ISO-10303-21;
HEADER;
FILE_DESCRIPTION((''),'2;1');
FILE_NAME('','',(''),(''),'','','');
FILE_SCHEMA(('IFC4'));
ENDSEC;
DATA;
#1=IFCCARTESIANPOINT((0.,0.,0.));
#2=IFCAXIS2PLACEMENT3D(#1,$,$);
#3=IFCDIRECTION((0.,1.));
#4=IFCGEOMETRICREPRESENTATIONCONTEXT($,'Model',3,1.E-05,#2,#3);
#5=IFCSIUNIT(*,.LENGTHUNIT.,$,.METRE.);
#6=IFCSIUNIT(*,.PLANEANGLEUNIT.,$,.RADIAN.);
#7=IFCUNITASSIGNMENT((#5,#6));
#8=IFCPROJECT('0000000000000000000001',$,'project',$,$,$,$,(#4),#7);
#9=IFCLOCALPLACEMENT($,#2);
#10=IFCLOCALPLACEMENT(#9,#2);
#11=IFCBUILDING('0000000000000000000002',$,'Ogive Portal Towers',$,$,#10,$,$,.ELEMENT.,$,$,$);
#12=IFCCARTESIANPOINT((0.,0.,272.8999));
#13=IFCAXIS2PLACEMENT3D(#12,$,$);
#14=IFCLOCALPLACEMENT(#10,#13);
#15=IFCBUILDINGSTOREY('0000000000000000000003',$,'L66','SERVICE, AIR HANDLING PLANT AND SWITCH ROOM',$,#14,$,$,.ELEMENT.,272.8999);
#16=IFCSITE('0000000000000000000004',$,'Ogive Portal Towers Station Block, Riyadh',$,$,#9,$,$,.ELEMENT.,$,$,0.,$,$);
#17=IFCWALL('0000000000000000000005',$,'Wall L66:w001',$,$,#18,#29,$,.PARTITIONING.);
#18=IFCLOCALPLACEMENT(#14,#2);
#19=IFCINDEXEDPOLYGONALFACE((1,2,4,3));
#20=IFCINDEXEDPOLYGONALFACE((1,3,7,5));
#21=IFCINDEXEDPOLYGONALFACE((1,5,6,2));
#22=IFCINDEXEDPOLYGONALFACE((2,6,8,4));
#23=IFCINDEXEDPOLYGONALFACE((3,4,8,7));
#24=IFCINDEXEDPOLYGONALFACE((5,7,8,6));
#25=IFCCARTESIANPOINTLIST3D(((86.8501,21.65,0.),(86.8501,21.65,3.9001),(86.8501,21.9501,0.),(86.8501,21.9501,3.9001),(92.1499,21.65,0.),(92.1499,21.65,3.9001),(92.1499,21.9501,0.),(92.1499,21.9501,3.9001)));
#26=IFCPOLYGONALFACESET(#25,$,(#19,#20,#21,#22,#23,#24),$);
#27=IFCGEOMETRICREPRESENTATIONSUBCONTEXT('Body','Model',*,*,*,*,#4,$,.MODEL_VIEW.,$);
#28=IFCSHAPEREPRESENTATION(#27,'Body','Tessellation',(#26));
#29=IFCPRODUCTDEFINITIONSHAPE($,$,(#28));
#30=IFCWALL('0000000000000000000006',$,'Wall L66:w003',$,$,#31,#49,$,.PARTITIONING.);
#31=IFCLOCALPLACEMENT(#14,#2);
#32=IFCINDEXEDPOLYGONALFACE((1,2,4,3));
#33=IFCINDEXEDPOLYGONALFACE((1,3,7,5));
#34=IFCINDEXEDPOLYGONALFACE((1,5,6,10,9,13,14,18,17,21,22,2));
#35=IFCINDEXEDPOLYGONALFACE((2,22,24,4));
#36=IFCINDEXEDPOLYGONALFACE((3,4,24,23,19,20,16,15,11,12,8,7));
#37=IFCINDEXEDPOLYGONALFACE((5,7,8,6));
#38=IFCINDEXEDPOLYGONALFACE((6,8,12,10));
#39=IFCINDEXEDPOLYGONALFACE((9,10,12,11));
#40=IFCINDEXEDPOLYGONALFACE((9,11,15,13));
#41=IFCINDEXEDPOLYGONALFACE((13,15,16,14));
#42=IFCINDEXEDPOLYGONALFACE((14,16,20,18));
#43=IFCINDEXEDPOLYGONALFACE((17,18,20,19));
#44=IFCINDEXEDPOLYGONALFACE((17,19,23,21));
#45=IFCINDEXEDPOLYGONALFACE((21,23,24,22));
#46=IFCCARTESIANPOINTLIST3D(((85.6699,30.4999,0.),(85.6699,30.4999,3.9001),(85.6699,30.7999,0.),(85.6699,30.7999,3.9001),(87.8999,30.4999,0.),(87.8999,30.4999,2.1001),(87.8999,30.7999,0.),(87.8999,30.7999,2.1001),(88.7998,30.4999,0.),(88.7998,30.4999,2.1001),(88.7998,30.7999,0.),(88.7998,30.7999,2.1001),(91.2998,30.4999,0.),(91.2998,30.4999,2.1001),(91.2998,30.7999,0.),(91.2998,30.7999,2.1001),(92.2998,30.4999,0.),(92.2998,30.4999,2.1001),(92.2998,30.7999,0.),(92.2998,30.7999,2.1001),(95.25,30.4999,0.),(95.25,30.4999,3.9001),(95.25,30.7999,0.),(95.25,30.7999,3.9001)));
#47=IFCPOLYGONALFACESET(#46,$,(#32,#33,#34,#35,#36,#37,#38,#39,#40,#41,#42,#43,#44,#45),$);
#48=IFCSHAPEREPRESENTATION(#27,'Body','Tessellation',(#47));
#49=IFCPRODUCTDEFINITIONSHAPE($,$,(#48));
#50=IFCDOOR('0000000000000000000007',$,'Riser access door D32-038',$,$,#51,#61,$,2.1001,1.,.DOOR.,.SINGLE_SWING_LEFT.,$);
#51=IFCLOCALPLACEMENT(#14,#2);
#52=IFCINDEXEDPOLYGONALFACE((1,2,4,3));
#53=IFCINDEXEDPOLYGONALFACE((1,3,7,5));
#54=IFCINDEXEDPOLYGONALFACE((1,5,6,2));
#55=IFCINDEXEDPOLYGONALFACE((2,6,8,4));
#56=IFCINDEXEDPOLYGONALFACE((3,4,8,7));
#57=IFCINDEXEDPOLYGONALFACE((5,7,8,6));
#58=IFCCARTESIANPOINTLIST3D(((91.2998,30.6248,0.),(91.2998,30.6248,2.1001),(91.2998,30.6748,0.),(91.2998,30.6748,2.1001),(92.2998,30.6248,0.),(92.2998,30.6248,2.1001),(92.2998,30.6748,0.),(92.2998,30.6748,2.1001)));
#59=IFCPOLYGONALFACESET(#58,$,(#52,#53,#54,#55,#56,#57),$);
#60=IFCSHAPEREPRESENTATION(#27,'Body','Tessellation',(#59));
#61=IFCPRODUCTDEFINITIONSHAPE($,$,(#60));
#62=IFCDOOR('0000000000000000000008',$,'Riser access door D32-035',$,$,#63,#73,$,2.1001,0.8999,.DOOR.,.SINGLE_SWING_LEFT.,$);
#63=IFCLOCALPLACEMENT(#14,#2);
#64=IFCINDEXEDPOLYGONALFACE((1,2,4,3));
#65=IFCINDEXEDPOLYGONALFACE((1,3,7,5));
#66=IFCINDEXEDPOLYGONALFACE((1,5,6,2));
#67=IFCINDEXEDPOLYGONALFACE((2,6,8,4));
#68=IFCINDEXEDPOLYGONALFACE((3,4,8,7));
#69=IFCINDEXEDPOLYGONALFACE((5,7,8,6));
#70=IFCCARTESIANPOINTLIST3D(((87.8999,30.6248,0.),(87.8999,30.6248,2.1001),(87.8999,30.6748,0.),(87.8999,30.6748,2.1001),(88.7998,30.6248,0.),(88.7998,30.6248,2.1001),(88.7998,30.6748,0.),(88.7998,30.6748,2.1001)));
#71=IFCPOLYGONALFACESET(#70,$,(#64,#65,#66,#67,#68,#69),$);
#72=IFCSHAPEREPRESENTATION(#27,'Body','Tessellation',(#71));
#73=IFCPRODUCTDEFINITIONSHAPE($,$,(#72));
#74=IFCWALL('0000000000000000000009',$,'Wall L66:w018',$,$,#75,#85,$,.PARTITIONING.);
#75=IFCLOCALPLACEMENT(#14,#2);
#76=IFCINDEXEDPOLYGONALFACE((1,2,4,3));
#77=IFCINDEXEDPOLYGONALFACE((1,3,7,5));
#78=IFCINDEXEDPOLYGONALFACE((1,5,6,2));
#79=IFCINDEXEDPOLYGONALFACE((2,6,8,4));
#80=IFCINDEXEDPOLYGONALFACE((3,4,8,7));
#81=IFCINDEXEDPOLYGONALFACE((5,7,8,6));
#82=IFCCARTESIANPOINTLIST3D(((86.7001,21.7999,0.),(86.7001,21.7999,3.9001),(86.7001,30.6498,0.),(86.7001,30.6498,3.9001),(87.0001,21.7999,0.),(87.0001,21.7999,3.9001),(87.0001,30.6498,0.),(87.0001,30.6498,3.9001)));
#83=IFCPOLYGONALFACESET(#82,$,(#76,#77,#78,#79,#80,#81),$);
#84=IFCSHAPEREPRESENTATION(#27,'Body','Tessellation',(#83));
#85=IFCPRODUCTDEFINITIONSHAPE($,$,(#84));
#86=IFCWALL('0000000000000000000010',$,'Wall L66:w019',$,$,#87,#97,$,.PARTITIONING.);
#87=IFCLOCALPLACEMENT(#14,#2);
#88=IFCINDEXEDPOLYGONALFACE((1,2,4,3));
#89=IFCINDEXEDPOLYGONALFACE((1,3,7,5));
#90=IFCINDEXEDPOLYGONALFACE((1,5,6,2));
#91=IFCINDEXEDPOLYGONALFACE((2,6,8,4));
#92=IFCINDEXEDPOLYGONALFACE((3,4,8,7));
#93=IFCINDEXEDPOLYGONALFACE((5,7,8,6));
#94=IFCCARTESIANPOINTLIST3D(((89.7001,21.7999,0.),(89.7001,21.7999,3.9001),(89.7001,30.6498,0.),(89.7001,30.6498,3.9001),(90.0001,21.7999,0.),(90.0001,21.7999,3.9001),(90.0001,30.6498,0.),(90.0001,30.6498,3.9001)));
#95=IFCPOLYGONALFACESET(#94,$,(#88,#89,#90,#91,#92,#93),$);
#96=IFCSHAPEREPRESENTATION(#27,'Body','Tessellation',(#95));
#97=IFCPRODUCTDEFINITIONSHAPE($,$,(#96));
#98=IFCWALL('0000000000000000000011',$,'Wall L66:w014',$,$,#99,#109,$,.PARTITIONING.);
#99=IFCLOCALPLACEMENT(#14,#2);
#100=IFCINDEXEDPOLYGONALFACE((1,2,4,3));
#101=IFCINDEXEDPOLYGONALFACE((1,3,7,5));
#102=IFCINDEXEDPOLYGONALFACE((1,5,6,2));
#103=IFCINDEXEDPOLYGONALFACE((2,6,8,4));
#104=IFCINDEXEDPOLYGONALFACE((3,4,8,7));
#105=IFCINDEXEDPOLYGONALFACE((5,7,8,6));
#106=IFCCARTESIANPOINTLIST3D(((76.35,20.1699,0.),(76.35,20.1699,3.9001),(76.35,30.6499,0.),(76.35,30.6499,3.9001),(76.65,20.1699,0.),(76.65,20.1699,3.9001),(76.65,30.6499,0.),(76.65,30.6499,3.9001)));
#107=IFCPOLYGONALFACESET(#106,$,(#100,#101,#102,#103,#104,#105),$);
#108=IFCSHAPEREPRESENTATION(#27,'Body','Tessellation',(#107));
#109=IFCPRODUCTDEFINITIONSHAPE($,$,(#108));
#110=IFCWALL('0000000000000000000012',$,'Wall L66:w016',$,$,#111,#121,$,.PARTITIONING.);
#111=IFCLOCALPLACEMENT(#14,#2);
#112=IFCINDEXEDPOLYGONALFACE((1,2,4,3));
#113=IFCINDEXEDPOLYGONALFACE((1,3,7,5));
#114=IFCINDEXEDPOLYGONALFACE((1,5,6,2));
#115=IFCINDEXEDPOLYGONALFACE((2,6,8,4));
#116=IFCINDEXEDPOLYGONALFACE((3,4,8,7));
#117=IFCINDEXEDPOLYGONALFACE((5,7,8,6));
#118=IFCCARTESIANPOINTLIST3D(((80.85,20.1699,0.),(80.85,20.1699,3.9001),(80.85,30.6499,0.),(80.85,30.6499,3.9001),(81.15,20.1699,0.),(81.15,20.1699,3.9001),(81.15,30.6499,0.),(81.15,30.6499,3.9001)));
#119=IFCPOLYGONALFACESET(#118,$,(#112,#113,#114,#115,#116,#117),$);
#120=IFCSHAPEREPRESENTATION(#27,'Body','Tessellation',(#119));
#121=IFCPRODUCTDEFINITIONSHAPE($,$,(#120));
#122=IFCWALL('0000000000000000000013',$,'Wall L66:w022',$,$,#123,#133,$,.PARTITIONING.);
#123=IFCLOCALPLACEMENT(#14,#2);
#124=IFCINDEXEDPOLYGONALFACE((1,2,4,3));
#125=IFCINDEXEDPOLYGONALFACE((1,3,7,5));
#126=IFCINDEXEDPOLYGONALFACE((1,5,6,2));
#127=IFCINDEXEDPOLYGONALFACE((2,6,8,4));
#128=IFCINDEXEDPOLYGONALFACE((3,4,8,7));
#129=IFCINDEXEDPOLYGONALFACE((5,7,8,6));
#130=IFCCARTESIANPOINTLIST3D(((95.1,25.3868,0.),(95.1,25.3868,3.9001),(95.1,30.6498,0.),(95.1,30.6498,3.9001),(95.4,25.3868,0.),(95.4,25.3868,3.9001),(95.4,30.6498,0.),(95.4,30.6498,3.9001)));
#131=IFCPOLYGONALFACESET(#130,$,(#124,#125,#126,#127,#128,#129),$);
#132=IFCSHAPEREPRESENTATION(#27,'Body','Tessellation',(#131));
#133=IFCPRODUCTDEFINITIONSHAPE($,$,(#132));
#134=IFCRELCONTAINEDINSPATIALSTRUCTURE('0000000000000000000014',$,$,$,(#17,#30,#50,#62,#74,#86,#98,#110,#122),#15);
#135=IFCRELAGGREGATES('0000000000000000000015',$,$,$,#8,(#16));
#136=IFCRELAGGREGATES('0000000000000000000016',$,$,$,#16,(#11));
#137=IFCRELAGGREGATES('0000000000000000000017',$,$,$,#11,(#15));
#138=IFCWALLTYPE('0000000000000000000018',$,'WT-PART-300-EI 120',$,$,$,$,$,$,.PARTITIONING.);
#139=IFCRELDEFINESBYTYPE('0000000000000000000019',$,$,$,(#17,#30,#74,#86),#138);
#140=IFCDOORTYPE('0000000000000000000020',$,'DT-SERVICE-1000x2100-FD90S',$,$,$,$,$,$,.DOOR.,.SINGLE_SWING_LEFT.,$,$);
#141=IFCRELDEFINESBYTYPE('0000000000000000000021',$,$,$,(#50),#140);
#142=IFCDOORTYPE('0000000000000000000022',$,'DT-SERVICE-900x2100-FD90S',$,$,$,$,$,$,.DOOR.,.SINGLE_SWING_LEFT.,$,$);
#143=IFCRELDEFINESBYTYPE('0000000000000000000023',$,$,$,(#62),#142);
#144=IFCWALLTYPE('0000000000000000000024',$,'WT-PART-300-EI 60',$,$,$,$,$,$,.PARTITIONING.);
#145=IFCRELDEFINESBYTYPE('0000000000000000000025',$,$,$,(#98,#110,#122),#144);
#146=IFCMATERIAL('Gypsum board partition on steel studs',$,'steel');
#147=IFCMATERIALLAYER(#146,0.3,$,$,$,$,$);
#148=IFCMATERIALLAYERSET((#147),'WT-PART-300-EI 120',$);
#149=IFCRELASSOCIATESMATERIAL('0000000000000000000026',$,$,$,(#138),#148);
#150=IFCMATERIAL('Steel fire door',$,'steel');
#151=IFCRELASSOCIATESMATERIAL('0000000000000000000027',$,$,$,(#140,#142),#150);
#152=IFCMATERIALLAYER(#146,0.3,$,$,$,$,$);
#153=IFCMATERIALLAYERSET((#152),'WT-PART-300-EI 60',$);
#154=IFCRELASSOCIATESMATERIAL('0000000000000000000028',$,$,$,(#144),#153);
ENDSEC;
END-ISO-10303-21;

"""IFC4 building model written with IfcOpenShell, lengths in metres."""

from ifc_helpers import new_model, si_unit, direction, frame, frame_2d, origin, place, context, subcontext, project, spatial, rectangle, extrude, material, layer, layer_set, type_object, element, fill, save


model = new_model("IFC4")

# Units and contexts
model_context = context("Model", 3, precision=1e-05, world=origin(), true_north=direction((0.0, 1.0)))
body_context = subcontext(model_context, "Body", "Model", "MODEL_VIEW")
ifc_project = project(units=[si_unit("LENGTHUNIT", "METRE"), si_unit("PLANEANGLEUNIT", "RADIAN")], contexts=[model_context])

# Site, building, storey
site_placement = place(None, origin())
site = spatial("IfcSite", under=ifc_project, at=site_placement, Name="Ogive Portal Towers Station Block, Riyadh", CompositionType="ELEMENT", RefElevation=0.0)
building_placement = place(site_placement, origin())
building = spatial("IfcBuilding", under=site, at=building_placement, Name="Ogive Portal Towers", CompositionType="ELEMENT")
storey_placement = place(building_placement, frame((0.0, 0.0, 272.8999)))
storey = spatial("IfcBuildingStorey", under=building, at=storey_placement, Name="L66", Description="SERVICE, AIR HANDLING PLANT AND SWITCH ROOM", CompositionType="ELEMENT", Elevation=272.8999)

# Shared definitions
ifc_material_1 = material(Name="Steel fire door", Category="steel")

# Wall
ifc_material_2 = material(Name="Gypsum board partition on steel studs", Category="steel")
ifc_layer_1 = layer(ifc_material_2, 0.3)
ifc_layer_set_1 = layer_set([ifc_layer_1], Name="WT-PART-300-EI 120")
wall_type_1 = type_object("IfcWallType", Name="WT-PART-300-EI 120", PredefinedType="PARTITIONING", material=ifc_layer_set_1)
wall_1_placement = place(storey_placement, frame((86.8501, 21.8, 0.0), z_axis=(0.0, 0.0, 1.0), x_axis=(1.0, 0.0, 0.0)))
element("IfcWall", 1, at=wall_1_placement, inside=storey, type_object=wall_type_1, Name="Wall L66:w001", PredefinedType="PARTITIONING", context=body_context, shape_type="SweptSolid", body=[
    extrude(rectangle(XDim=5.2998, YDim=0.3, at=frame_2d((2.6499, 0.0))), origin(), (0.0, 0.0, 1.0), 3.9001),
])

# Wall, openings, doors
wall_2_placement = place(storey_placement, frame((85.6699, 30.6499, 0.0), z_axis=(0.0, 0.0, 1.0), x_axis=(1.0, 0.0, 0.0)))
wall_2 = element("IfcWall", 2, at=wall_2_placement, inside=storey, type_object=wall_type_1, Name="Wall L66:w003", PredefinedType="PARTITIONING", context=body_context, shape_type="SweptSolid", body=[
    extrude(rectangle(XDim=9.5801, YDim=0.3, at=frame_2d((4.79, 0.0))), origin(), (0.0, 0.0, 1.0), 3.9001),
])
opening_1_placement = place(wall_2_placement, frame((2.23, 0.0, 0.0)))
opening_1 = element("IfcOpeningElement", 3, at=opening_1_placement, cuts=wall_2, PredefinedType="OPENING", context=body_context, shape_type="SweptSolid", body=[
    extrude(rectangle(XDim=0.8999, YDim=2.1001, at=frame_2d((0.45, 1.05))), frame((0.0, 0.1602, 0.0), z_axis=(0.0, -1.0, 0.0), x_axis=(1.0, 0.0, 0.0)), (0.0, 0.0, 1.0), 0.3201),
])
opening_2_placement = place(wall_2_placement, frame((5.6299, 0.0, 0.0)))
opening_2 = element("IfcOpeningElement", 4, at=opening_2_placement, cuts=wall_2, PredefinedType="OPENING", context=body_context, shape_type="SweptSolid", body=[
    extrude(rectangle(XDim=1.0, YDim=2.1001, at=frame_2d((0.5, 1.05))), frame((0.0, 0.1602, 0.0), z_axis=(0.0, -1.0, 0.0), x_axis=(1.0, 0.0, 0.0)), (0.0, 0.0, 1.0), 0.3201),
])
door_type_1 = type_object("IfcDoorType", Name="DT-SERVICE-1000x2100-FD90S", OperationType="SINGLE_SWING_LEFT", PredefinedType="DOOR", material=ifc_material_1)
door_1_placement = place(opening_2_placement, origin())
door_1 = element("IfcDoor", 5, at=door_1_placement, inside=storey, type_object=door_type_1, Name="Riser access door D32-038", OperationType="SINGLE_SWING_LEFT", OverallHeight=2.1001, OverallWidth=1.0, PredefinedType="DOOR", context=body_context, shape_type="SweptSolid", body=[
    extrude(rectangle(XDim=1.0, YDim=2.1001, at=frame_2d((0.5, 1.05))), frame((0.0, 0.0249, 0.0), z_axis=(0.0, -1.0, 0.0), x_axis=(1.0, 0.0, 0.0)), (0.0, 0.0, 1.0), 0.05),
])
fill(opening_2, door_1)
door_type_2 = type_object("IfcDoorType", Name="DT-SERVICE-900x2100-FD90S", OperationType="SINGLE_SWING_LEFT", PredefinedType="DOOR", material=ifc_material_1)
door_2_placement = place(opening_1_placement, origin())
door_2 = element("IfcDoor", 6, at=door_2_placement, inside=storey, type_object=door_type_2, Name="Riser access door D32-035", OperationType="SINGLE_SWING_LEFT", OverallHeight=2.1001, OverallWidth=0.8999, PredefinedType="DOOR", context=body_context, shape_type="SweptSolid", body=[
    extrude(rectangle(XDim=0.8999, YDim=2.1001, at=frame_2d((0.45, 1.05))), frame((0.0, 0.0249, 0.0), z_axis=(0.0, -1.0, 0.0), x_axis=(1.0, 0.0, 0.0)), (0.0, 0.0, 1.0), 0.05),
])
fill(opening_1, door_2)

# Walls
for number, where, z_axis, x_axis, name in (
    (7, (86.8501, 21.8, 0.0), (0.0, 0.0, 1.0), (0.0, 1.0, 0.0), "Wall L66:w018"),
    (8, (89.8501, 21.8, 0.0), (0.0, 0.0, 1.0), (0.0, 1.0, 0.0), "Wall L66:w019"),
):
    element("IfcWall", number, at=place(storey_placement, frame(where, z_axis=z_axis, x_axis=x_axis)), inside=storey, type_object=wall_type_1, Name=name, PredefinedType="PARTITIONING", context=body_context, shape_type="SweptSolid", body=[
        extrude(rectangle(XDim=8.8499, YDim=0.3, at=frame_2d((4.4248, 0.0))), origin(), (0.0, 0.0, 1.0), 3.9001),
    ])
ifc_layer_2 = layer(ifc_material_2, 0.3)
ifc_layer_set_2 = layer_set([ifc_layer_2], Name="WT-PART-300-EI 60")
wall_type_2 = type_object("IfcWallType", Name="WT-PART-300-EI 60", PredefinedType="PARTITIONING", material=ifc_layer_set_2)
for number, where, z_axis, x_axis, name in (
    (9, (76.5, 20.1699, 0.0), (0.0, 0.0, 1.0), (0.0, 1.0, 0.0), "Wall L66:w014"),
    (10, (81.0, 20.1699, 0.0), (0.0, 0.0, 1.0), (0.0, 1.0, 0.0), "Wall L66:w016"),
):
    element("IfcWall", number, at=place(storey_placement, frame(where, z_axis=z_axis, x_axis=x_axis)), inside=storey, type_object=wall_type_2, Name=name, PredefinedType="PARTITIONING", context=body_context, shape_type="SweptSolid", body=[
        extrude(rectangle(XDim=10.48, YDim=0.3, at=frame_2d((5.24, 0.0))), origin(), (0.0, 0.0, 1.0), 3.9001),
    ])
wall_3_placement = place(storey_placement, frame((95.25, 25.387, 0.0), z_axis=(0.0, 0.0, 1.0), x_axis=(0.0, 1.0, 0.0)))
element("IfcWall", 11, at=wall_3_placement, inside=storey, type_object=wall_type_2, Name="Wall L66:w022", PredefinedType="PARTITIONING", context=body_context, shape_type="SweptSolid", body=[
    extrude(rectangle(XDim=5.2629, YDim=0.3, at=frame_2d((2.6313, 0.0))), origin(), (0.0, 0.0, 1.0), 3.9001),
])

save(model, "model.ifc")
